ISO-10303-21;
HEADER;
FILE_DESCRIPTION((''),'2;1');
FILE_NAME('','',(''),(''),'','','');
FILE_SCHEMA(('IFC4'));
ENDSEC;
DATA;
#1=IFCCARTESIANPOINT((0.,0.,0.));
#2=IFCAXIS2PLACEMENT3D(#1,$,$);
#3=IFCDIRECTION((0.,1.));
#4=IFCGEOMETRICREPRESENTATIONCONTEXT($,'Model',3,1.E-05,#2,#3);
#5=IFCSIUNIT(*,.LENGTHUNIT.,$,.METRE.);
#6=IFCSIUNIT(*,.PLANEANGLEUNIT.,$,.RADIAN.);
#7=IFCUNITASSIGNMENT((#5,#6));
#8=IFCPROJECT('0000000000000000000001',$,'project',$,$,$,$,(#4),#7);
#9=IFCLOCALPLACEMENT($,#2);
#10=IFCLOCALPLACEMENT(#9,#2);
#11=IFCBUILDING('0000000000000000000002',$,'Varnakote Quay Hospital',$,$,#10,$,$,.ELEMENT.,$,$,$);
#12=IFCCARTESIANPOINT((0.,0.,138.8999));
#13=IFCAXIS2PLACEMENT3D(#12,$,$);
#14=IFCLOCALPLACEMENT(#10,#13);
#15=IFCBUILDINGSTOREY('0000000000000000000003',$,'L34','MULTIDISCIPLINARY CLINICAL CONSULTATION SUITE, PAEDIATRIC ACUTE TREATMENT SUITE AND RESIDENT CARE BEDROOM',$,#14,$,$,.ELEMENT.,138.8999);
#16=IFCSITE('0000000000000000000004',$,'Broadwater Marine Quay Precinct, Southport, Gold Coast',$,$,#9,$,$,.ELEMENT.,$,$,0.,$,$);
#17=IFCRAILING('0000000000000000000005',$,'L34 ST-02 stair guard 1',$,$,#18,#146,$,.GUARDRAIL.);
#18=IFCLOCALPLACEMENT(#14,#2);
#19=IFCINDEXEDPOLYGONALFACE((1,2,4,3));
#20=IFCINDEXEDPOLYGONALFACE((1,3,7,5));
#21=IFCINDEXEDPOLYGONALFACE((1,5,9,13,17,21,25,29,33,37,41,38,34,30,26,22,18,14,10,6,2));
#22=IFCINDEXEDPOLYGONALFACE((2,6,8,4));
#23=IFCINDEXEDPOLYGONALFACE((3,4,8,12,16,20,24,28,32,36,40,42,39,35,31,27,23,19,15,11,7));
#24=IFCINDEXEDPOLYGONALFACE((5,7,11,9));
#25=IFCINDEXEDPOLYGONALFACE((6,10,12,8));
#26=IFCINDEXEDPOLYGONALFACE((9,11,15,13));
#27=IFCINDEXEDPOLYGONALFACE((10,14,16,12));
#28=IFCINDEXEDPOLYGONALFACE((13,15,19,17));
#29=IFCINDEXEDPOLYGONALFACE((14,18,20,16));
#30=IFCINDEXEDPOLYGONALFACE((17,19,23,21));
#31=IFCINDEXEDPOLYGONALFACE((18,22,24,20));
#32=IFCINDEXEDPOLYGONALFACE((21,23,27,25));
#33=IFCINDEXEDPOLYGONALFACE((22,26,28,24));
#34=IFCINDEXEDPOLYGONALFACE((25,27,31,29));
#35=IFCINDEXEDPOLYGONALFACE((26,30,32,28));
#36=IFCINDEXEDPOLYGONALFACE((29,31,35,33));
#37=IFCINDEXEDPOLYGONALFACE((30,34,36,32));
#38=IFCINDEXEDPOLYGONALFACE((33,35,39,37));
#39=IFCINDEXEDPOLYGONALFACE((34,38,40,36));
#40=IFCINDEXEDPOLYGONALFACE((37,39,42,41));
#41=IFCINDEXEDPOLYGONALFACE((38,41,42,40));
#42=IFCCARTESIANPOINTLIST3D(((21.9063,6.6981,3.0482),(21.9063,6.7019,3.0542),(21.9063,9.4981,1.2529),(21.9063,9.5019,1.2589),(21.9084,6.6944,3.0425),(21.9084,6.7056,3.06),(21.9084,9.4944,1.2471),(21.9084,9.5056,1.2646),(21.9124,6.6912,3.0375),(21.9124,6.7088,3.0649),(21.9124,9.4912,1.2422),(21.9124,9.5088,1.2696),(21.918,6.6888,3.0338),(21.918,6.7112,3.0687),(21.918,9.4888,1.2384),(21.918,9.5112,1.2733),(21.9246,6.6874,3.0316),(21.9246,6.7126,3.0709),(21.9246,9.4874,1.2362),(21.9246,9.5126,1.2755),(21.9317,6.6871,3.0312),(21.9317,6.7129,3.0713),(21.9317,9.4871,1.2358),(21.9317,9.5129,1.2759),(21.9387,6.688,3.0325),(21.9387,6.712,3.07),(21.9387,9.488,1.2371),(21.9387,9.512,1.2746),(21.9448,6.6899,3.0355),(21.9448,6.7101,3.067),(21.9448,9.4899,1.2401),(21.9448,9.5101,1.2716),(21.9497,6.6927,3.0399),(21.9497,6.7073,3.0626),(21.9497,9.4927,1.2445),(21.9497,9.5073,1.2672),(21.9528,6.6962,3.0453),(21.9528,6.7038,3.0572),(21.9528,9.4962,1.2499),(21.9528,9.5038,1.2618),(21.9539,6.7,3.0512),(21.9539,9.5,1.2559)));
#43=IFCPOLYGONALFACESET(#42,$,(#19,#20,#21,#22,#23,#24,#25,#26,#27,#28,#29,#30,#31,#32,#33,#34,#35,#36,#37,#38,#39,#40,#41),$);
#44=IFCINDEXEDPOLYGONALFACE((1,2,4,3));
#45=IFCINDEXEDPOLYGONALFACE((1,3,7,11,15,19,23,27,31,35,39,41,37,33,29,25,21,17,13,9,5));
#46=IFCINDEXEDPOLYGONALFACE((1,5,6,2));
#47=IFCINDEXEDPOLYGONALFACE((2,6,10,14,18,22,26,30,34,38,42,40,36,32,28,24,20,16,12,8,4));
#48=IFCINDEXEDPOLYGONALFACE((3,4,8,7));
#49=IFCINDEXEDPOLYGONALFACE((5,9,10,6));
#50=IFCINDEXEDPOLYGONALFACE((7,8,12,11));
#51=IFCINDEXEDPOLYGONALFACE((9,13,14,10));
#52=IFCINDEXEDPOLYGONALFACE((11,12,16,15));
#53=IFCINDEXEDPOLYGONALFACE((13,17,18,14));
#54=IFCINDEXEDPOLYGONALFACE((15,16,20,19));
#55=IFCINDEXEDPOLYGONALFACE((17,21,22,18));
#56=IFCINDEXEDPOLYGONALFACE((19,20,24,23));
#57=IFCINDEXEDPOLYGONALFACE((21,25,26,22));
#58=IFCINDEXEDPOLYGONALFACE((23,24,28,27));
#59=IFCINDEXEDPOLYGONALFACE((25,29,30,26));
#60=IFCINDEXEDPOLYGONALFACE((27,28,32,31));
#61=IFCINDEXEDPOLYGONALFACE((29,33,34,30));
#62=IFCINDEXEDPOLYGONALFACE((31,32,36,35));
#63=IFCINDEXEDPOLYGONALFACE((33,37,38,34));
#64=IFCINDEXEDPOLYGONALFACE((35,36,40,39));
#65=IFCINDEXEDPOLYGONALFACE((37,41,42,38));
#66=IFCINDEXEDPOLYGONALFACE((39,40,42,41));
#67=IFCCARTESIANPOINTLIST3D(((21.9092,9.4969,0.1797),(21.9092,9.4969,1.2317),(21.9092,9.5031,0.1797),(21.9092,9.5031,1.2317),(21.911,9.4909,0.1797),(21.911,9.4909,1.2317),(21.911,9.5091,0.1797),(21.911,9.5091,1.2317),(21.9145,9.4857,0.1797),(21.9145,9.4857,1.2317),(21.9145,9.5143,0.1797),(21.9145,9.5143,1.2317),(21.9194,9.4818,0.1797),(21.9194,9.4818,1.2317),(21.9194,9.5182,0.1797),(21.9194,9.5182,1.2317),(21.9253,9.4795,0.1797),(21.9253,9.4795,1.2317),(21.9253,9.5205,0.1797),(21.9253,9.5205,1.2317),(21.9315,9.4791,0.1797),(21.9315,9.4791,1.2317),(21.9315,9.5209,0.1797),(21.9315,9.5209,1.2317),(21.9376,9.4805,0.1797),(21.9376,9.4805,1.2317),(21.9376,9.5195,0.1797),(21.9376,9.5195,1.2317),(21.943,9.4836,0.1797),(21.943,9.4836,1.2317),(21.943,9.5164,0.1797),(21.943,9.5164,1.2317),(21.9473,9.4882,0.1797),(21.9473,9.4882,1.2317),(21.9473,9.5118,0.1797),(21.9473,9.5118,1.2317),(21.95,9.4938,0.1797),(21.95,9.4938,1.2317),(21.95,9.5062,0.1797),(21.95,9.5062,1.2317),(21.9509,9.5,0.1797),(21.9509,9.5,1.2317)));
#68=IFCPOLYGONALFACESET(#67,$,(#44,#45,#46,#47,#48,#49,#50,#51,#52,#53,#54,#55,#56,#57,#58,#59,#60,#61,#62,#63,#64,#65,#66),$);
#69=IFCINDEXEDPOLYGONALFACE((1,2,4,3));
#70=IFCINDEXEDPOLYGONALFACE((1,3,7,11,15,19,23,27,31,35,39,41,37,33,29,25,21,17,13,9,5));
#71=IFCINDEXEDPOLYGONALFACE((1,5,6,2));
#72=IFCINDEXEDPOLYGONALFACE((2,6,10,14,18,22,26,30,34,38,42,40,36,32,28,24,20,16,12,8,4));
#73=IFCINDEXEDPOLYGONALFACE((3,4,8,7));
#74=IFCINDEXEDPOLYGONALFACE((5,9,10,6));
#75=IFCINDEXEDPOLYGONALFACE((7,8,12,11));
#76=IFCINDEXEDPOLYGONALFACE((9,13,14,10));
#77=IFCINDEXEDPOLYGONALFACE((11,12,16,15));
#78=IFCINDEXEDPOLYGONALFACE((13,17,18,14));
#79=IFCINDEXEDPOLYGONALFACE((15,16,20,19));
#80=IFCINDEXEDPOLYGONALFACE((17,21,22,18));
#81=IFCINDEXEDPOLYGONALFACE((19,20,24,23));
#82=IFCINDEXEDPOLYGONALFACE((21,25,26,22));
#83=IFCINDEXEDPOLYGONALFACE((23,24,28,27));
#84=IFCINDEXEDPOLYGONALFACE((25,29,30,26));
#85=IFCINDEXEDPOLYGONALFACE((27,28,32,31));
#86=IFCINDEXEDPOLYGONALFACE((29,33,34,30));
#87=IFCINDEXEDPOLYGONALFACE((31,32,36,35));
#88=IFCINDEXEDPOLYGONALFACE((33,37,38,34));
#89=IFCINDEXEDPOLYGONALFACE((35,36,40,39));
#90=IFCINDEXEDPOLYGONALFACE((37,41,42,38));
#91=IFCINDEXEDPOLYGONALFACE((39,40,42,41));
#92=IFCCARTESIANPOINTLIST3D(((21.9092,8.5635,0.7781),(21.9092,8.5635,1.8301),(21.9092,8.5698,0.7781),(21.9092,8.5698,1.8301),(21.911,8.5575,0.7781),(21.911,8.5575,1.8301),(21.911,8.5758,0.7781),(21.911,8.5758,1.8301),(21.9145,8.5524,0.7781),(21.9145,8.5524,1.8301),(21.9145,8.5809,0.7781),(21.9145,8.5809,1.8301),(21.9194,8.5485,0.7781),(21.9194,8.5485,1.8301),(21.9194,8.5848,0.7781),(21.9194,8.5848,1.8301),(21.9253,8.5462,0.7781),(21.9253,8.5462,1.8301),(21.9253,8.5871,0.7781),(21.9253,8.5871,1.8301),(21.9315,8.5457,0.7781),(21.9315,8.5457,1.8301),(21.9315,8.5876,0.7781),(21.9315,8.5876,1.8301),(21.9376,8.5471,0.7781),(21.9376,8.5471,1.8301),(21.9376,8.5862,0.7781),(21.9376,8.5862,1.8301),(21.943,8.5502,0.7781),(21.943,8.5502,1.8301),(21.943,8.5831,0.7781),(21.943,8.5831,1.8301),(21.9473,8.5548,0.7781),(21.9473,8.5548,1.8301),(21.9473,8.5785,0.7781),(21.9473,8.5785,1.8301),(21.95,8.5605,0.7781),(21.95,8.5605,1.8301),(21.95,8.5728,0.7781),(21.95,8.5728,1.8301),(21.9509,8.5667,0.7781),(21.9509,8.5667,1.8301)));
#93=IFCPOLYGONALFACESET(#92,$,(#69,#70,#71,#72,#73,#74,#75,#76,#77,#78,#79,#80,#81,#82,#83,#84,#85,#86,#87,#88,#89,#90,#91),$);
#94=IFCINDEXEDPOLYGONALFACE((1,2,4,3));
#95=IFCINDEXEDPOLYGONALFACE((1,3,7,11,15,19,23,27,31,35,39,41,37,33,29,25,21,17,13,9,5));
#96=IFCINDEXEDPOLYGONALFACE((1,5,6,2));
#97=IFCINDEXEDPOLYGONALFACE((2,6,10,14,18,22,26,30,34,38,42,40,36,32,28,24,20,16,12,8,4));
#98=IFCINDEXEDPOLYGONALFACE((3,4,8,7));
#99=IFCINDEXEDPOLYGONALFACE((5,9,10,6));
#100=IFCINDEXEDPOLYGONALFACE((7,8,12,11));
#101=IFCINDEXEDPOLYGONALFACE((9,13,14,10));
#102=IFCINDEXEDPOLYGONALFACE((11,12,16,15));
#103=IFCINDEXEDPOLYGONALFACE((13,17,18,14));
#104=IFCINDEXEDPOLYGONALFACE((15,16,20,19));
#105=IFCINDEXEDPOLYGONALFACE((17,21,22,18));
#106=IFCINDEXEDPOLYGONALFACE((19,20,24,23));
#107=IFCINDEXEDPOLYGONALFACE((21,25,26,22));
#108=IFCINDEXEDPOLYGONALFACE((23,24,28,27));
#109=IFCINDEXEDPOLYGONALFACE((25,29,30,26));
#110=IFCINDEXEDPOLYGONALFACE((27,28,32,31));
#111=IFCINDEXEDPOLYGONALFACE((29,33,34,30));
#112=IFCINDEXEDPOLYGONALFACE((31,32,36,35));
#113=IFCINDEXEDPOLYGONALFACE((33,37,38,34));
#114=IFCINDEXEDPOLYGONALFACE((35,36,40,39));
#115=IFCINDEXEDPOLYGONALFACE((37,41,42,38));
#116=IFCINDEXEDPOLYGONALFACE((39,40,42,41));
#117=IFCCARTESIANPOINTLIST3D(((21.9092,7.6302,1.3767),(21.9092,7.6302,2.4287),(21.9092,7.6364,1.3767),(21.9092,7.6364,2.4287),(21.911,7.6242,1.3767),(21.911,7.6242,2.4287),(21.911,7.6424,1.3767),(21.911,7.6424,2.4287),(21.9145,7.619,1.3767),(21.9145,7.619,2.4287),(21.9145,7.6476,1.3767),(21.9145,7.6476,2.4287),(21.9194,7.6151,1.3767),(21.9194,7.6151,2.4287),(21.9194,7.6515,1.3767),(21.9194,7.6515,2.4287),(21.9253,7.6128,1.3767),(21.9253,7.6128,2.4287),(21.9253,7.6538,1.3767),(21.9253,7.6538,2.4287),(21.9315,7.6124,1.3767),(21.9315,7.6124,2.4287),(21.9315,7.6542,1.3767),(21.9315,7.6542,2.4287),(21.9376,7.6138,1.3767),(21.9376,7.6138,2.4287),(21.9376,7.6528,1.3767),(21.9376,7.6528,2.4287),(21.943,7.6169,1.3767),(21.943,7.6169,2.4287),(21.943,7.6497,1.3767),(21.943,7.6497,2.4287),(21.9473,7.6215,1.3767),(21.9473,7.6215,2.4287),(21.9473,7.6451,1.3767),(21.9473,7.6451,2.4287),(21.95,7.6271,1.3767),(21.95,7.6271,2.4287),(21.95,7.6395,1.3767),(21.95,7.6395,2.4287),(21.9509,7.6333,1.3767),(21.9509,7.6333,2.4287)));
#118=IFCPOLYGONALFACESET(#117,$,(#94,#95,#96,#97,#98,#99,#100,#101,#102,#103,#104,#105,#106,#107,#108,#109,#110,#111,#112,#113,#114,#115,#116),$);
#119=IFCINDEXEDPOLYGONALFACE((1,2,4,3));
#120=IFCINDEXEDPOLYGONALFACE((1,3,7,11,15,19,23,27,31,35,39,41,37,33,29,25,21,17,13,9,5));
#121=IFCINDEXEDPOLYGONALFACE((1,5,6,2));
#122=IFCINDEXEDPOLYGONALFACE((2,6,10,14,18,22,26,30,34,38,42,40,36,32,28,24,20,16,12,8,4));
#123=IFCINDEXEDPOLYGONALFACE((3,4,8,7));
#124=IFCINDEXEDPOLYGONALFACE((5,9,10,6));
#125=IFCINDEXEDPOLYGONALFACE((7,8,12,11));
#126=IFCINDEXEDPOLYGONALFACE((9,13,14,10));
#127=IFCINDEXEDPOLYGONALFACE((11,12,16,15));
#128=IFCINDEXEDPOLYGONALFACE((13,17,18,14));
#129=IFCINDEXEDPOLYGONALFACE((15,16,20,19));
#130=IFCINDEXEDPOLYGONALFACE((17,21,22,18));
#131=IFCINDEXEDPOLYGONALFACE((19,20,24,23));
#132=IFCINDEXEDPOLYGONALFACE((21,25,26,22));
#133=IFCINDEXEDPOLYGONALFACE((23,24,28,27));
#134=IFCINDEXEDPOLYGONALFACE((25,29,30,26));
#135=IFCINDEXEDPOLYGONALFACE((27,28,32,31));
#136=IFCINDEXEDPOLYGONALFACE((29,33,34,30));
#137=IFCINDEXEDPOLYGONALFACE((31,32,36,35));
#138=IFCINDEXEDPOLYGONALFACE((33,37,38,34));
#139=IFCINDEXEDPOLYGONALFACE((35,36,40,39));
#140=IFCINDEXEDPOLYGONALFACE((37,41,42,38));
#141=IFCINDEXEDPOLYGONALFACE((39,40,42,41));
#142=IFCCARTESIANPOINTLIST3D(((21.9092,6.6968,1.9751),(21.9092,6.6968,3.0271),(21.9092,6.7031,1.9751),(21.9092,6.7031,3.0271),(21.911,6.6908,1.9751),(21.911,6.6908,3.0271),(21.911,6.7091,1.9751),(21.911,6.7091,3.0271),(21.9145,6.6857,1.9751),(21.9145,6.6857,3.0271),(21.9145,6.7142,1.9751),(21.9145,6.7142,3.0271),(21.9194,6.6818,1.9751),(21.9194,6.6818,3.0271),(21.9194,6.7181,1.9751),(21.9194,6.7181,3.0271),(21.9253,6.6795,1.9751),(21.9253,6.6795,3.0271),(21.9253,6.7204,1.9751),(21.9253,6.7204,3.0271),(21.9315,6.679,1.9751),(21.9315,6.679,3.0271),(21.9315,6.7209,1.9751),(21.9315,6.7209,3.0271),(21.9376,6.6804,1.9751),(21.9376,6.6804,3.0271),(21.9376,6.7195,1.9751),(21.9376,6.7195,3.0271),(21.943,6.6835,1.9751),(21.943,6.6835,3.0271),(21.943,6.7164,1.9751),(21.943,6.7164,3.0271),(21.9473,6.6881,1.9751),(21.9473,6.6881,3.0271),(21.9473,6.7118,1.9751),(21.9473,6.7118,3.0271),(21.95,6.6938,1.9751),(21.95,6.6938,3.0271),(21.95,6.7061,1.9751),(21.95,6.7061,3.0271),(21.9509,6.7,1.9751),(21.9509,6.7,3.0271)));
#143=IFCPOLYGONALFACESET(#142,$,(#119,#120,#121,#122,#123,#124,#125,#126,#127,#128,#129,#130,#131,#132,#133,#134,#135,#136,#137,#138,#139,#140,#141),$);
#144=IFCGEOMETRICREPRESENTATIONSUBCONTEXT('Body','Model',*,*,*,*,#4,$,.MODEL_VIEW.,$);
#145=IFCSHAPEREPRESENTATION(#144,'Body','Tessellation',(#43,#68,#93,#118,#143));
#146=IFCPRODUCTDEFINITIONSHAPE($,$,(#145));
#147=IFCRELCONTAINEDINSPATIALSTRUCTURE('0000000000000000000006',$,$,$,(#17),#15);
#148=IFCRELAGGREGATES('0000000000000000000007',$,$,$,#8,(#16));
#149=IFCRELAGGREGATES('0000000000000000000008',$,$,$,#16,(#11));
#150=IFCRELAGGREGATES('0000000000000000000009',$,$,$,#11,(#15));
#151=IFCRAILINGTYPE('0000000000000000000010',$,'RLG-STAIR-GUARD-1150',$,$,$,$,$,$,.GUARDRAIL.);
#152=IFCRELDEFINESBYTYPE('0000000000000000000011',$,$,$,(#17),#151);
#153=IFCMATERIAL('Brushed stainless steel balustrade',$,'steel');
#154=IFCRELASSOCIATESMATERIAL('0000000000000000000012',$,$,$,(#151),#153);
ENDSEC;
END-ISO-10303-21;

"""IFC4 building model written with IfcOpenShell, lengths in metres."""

from ifc_helpers import new_model, si_unit, direction, frame, origin, origin_2d, place, context, subcontext, project, spatial, circle, extrude, material, type_object, element, save


model = new_model("IFC4")

# Units and contexts
model_context = context("Model", 3, precision=1e-05, world=origin(), true_north=direction((0.0, 1.0)))
body_context = subcontext(model_context, "Body", "Model", "MODEL_VIEW")
ifc_project = project(units=[si_unit("LENGTHUNIT", "METRE"), si_unit("PLANEANGLEUNIT", "RADIAN")], contexts=[model_context])

# Site, building, storey
site_placement = place(None, origin())
site = spatial("IfcSite", under=ifc_project, at=site_placement, Name="Broadwater Marine Quay Precinct, Southport, Gold Coast", CompositionType="ELEMENT", RefElevation=0.0)
building_placement = place(site_placement, origin())
building = spatial("IfcBuilding", under=site, at=building_placement, Name="Varnakote Quay Hospital", CompositionType="ELEMENT")
storey_placement = place(building_placement, frame((0.0, 0.0, 138.8999)))
storey = spatial("IfcBuildingStorey", under=building, at=storey_placement, Name="L34", Description="MULTIDISCIPLINARY CLINICAL CONSULTATION SUITE, PAEDIATRIC ACUTE TREATMENT SUITE AND RESIDENT CARE BEDROOM", CompositionType="ELEMENT", Elevation=138.8999)

# Railing
ifc_material_1 = material(Name="Brushed stainless steel balustrade", Category="steel")
railing_type_1 = type_object("IfcRailingType", Name="RLG-STAIR-GUARD-1150", PredefinedType="GUARDRAIL", material=ifc_material_1)
railing_1_placement = place(storey_placement, frame((21.9299, 9.5, 0.1797)))
element("IfcRailing", 1, at=railing_1_placement, inside=storey, type_object=railing_type_1, Name="L34 ST-02 stair guard 1", PredefinedType="GUARDRAIL", context=body_context, shape_type="SweptSolid", body=[
    extrude(circle(Radius=0.0239, at=origin_2d()), frame((0.0, 0.0, 1.0762), z_axis=(0.0, -0.84181, 0.539774), x_axis=(1.0, 0.0, 0.0)), (0.0, 0.0, 1.0), 3.3262),
    extrude(circle(Radius=0.021, at=origin_2d()), origin(), (0.0, 0.0, 1.0), 1.052),
    extrude(circle(Radius=0.021, at=origin_2d()), frame((0.0, -0.9333, 0.5984)), (0.0, 0.0, 1.0), 1.052),
    extrude(circle(Radius=0.021, at=origin_2d()), frame((0.0, -1.8667, 1.197)), (0.0, 0.0, 1.0), 1.052),
    extrude(circle(Radius=0.021, at=origin_2d()), frame((0.0, -2.8, 1.7954)), (0.0, 0.0, 1.0), 1.052),
])

save(model, "model.ifc")
